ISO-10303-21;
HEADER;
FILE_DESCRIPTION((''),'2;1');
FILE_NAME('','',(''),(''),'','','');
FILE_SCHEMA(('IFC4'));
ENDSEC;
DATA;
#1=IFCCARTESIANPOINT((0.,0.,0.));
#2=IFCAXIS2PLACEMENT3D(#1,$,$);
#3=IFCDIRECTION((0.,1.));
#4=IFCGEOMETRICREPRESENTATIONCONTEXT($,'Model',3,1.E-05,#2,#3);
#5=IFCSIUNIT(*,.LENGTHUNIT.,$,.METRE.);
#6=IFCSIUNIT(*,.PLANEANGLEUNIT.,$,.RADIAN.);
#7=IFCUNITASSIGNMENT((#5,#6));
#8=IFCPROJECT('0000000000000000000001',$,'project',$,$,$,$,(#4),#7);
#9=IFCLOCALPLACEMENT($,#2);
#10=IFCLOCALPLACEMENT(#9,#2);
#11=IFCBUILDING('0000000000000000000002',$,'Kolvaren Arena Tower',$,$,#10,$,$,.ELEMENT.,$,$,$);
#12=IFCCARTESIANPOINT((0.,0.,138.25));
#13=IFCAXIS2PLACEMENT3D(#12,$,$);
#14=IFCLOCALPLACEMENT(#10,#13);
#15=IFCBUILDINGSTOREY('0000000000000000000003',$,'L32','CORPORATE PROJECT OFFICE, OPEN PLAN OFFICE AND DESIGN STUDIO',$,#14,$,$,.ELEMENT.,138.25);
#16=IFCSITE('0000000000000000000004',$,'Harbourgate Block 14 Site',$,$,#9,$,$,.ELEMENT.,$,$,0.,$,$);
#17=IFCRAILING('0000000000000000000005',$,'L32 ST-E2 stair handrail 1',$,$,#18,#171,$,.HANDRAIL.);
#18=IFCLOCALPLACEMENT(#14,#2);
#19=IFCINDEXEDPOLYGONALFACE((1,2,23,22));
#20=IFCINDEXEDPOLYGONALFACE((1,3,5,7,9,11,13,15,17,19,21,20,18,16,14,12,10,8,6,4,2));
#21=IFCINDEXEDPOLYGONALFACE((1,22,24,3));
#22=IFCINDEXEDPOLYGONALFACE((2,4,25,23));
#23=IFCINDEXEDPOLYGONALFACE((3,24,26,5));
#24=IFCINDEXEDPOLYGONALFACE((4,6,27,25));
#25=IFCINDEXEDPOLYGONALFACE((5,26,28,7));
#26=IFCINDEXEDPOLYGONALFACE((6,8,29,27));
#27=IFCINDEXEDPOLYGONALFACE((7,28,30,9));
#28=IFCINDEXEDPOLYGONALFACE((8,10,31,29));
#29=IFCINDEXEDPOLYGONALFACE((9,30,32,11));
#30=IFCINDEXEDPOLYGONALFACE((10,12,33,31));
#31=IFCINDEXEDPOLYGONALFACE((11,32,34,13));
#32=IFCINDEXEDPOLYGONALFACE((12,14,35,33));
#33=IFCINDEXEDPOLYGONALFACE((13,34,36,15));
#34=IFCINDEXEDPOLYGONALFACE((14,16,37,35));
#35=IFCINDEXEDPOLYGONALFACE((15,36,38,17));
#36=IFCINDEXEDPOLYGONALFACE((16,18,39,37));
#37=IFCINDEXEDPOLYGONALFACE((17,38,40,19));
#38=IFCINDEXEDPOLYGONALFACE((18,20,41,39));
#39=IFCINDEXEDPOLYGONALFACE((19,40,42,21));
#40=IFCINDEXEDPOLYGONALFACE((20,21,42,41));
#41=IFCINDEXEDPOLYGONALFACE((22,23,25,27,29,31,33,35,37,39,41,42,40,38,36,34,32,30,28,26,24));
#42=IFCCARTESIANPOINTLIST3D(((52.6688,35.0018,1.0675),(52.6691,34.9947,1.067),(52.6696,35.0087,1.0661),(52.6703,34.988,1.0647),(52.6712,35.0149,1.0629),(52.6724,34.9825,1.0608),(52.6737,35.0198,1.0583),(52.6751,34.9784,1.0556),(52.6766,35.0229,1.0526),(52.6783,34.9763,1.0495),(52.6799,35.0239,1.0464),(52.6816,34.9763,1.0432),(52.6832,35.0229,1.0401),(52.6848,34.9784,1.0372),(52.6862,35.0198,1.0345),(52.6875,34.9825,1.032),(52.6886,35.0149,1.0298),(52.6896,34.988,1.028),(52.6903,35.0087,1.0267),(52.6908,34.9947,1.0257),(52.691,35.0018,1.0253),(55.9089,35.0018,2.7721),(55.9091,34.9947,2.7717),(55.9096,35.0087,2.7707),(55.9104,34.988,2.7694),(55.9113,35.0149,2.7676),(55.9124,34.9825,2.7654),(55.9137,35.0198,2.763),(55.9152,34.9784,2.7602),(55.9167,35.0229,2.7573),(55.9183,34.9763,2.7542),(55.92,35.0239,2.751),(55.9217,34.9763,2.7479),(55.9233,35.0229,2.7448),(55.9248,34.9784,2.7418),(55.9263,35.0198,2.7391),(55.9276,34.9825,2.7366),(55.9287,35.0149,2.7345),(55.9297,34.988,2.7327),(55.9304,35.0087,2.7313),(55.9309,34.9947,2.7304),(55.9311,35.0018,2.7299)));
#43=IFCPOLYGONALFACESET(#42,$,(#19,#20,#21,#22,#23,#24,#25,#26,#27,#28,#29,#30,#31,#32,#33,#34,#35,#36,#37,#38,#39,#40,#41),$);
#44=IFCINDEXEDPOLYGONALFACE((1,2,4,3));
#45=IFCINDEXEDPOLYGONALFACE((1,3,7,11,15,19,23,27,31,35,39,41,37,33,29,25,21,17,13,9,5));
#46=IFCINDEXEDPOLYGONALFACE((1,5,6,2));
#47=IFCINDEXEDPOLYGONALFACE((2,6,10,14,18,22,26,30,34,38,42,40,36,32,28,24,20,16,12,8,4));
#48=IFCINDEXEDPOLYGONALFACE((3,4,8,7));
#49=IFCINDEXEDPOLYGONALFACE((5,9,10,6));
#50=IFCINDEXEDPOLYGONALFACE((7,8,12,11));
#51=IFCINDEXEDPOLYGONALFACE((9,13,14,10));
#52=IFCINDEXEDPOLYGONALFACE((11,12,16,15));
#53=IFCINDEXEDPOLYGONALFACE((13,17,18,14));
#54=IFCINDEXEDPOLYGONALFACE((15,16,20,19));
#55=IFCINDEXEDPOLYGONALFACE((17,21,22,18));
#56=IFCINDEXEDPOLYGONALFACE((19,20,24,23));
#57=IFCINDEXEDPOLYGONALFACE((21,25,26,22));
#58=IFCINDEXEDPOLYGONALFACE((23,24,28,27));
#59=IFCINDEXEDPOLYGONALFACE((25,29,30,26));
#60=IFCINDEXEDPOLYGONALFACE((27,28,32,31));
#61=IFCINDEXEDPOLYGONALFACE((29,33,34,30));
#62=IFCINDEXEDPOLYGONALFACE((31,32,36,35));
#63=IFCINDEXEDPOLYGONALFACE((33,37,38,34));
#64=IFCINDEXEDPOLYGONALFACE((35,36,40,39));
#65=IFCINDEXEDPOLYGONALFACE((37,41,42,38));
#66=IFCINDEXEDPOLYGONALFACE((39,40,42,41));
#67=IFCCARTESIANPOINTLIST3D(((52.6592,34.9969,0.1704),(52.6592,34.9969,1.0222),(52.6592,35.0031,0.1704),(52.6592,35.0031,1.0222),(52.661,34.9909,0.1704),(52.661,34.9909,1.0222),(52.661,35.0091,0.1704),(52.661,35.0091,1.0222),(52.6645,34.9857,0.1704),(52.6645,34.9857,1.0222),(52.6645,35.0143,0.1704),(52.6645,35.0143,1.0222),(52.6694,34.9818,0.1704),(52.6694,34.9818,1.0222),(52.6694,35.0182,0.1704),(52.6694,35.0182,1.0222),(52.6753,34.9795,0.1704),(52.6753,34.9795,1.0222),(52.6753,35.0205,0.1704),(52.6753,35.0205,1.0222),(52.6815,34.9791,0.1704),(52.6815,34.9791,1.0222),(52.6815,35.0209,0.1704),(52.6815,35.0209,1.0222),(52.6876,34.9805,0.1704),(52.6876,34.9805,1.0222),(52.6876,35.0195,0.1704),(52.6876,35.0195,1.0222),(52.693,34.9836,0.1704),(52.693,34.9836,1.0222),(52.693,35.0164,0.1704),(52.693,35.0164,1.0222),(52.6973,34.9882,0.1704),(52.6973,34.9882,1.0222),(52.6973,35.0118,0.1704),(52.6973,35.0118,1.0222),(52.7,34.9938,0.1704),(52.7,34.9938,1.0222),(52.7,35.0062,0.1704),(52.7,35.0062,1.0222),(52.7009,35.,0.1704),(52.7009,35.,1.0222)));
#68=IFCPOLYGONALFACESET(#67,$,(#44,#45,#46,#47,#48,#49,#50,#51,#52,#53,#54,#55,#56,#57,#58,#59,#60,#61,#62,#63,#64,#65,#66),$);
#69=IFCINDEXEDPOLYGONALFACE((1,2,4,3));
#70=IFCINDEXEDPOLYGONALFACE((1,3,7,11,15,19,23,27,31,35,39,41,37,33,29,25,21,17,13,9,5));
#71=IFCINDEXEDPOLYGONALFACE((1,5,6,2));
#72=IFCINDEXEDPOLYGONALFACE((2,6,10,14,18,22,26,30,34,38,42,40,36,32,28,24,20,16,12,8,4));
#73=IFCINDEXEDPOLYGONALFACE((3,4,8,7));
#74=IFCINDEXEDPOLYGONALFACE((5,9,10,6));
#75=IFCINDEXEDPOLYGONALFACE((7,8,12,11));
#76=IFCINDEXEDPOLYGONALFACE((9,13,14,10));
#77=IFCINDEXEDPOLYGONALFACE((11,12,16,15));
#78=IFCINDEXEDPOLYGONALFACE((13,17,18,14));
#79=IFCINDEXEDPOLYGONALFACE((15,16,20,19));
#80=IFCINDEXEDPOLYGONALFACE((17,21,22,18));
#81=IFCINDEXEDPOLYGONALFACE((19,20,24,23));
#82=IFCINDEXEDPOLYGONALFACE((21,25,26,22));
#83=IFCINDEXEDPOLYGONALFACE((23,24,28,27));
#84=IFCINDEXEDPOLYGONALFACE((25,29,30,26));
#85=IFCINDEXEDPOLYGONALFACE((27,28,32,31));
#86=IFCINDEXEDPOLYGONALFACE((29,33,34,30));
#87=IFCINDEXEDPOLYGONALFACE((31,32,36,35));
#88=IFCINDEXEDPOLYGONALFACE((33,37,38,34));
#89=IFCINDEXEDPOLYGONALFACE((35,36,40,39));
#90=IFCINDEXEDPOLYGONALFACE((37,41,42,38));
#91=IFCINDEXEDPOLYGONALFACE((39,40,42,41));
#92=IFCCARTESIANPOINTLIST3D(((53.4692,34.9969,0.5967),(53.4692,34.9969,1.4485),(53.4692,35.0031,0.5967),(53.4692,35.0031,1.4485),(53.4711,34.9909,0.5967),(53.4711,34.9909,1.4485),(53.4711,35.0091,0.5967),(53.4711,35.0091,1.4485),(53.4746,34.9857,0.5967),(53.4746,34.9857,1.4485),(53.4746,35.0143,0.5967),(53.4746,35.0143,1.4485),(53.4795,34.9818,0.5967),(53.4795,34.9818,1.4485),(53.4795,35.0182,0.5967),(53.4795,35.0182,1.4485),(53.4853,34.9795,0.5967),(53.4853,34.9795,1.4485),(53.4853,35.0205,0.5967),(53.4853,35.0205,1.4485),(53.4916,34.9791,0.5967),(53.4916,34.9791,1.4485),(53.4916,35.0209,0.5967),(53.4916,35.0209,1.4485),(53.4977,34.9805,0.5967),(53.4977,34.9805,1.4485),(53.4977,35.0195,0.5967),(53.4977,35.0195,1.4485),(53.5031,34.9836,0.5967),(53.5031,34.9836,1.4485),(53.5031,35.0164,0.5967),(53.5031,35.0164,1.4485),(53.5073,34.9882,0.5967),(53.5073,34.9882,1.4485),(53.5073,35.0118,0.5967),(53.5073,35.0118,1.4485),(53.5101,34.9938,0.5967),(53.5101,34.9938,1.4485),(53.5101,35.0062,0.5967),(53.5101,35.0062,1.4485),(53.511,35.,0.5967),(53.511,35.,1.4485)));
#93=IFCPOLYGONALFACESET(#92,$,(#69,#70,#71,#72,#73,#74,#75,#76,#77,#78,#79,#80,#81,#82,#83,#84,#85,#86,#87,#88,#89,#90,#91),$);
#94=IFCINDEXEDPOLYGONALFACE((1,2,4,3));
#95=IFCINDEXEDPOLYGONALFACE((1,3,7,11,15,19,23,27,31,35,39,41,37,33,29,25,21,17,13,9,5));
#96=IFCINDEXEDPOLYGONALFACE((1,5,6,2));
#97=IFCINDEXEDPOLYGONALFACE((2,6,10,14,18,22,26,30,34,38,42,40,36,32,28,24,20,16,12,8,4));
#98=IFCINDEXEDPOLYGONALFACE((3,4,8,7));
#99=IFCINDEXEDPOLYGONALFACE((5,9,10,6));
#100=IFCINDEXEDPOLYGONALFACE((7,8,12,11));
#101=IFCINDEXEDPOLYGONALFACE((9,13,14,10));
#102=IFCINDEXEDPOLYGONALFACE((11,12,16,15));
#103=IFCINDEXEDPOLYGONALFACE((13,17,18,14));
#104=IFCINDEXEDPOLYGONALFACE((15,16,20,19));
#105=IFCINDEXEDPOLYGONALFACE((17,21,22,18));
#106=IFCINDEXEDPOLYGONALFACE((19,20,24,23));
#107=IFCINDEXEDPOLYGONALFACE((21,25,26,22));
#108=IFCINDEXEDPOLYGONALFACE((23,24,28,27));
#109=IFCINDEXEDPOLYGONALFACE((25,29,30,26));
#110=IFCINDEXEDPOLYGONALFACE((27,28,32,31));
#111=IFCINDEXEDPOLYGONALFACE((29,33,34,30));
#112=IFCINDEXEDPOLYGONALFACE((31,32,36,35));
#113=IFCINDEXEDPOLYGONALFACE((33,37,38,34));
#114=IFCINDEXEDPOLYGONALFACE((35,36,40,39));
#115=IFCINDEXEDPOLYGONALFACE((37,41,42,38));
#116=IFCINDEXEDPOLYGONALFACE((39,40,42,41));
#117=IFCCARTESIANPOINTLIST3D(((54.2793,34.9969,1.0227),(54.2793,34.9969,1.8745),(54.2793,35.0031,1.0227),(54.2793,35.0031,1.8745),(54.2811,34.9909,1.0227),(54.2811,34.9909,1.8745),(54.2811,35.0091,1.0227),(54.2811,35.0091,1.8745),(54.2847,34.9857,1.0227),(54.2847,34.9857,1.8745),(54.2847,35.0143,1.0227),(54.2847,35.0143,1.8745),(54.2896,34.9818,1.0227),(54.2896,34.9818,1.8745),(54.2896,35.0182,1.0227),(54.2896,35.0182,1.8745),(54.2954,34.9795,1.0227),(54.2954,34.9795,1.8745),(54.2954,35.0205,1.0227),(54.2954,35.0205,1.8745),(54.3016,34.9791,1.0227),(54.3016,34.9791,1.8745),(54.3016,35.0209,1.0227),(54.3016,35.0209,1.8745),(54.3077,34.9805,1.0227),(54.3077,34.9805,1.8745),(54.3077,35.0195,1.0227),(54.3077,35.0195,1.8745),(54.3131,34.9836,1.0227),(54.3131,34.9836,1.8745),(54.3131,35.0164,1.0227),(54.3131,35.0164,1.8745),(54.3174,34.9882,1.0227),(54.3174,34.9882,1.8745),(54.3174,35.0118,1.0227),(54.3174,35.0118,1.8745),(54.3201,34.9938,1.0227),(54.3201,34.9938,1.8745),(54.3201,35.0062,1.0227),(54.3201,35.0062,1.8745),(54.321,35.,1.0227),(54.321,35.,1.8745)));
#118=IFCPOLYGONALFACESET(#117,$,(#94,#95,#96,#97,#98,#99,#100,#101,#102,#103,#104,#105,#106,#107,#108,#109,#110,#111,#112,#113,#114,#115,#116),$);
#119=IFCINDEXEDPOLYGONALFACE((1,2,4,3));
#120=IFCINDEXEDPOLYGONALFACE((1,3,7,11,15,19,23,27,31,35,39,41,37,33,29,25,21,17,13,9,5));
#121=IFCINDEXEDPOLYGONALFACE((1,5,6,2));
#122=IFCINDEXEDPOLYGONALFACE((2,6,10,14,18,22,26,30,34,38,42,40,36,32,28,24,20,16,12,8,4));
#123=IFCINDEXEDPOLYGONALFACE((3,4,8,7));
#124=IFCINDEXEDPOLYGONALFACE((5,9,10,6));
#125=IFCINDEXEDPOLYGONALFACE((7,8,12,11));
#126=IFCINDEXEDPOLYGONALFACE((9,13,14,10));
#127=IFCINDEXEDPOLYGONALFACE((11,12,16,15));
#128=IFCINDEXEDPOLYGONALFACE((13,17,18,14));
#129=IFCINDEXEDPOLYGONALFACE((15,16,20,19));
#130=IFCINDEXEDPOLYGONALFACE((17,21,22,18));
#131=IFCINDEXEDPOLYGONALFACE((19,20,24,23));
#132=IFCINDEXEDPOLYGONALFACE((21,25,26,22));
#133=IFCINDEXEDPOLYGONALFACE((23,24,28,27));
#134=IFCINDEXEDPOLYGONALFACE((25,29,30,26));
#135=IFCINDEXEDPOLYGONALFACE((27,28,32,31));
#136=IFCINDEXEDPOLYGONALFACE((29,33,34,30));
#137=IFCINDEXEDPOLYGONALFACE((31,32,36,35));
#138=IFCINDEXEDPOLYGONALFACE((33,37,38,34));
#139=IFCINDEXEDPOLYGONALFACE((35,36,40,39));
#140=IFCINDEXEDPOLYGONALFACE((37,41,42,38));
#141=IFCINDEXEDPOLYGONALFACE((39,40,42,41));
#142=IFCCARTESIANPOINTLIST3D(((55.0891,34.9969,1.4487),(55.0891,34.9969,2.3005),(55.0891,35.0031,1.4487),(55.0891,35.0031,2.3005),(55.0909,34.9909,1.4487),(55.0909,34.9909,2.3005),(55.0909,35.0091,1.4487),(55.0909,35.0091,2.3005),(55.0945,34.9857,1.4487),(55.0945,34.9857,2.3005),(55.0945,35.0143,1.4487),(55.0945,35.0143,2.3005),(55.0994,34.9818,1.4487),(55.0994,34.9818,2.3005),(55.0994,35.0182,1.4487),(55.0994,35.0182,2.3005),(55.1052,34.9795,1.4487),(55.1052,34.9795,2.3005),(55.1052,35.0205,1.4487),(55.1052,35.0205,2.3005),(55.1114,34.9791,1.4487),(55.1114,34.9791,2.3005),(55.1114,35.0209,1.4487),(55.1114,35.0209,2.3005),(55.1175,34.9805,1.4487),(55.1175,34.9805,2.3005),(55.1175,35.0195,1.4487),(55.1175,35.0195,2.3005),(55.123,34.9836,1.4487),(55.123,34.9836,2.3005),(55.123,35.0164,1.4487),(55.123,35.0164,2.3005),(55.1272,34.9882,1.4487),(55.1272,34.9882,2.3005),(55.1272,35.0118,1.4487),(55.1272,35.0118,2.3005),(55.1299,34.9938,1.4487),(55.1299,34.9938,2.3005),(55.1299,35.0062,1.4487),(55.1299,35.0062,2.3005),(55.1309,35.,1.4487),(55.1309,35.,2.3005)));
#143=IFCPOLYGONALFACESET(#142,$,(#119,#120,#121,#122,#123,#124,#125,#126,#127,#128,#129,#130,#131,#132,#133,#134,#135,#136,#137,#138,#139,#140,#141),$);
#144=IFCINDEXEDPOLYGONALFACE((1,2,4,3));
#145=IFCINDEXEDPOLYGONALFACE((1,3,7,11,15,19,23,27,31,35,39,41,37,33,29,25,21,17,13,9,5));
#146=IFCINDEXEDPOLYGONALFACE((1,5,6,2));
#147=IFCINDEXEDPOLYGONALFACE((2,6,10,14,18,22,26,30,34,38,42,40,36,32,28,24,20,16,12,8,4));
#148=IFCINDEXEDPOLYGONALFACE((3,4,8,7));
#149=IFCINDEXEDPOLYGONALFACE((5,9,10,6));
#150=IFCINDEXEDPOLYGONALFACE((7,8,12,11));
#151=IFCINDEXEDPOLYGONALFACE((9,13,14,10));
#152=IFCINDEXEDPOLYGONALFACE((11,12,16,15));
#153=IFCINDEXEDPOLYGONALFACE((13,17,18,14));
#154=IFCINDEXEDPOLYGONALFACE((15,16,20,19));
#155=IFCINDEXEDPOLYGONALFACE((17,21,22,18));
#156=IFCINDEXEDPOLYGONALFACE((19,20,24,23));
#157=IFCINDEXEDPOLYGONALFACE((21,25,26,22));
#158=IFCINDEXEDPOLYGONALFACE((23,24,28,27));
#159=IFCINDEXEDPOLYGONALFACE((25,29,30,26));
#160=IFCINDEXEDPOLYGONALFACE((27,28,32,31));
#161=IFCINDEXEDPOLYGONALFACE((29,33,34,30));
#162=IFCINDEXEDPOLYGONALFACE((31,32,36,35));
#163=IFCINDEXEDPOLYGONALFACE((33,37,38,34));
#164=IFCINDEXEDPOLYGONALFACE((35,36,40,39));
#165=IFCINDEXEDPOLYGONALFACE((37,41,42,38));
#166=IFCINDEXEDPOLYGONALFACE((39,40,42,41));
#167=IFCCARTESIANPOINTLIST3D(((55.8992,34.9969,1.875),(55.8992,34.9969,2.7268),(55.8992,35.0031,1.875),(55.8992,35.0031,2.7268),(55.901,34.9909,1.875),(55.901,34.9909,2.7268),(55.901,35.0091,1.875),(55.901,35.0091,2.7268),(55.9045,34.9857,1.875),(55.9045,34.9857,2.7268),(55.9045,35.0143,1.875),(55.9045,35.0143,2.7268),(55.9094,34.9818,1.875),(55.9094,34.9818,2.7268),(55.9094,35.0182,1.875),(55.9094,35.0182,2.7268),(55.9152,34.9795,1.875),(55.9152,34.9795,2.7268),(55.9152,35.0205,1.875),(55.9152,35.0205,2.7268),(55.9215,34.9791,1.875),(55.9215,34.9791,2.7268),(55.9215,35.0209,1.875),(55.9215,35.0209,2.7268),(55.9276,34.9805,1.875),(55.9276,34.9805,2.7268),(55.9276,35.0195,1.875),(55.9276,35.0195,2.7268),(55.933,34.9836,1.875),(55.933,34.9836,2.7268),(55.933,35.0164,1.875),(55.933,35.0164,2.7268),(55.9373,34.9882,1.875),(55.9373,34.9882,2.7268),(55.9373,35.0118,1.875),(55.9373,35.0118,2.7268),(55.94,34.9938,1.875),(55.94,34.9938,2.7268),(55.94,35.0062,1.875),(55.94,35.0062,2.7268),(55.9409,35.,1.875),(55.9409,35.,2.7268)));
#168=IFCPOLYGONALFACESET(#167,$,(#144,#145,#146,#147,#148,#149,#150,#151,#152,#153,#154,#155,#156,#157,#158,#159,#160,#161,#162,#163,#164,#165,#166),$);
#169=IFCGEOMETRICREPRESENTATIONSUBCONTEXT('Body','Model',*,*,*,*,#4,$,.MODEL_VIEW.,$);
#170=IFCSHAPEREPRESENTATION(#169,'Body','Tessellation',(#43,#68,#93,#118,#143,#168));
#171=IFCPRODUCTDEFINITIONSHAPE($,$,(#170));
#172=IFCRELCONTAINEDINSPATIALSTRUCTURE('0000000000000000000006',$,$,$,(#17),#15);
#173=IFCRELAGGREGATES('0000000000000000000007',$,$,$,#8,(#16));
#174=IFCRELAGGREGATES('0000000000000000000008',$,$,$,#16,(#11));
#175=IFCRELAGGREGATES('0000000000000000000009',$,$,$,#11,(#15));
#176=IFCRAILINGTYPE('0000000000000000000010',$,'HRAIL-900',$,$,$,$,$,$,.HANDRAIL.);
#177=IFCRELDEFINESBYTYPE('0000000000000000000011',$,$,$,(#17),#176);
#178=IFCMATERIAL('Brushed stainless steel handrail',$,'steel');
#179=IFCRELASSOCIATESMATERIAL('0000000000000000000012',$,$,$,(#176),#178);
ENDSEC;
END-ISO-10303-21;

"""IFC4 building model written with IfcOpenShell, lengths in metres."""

from ifc_helpers import new_model, si_unit, direction, frame, origin, origin_2d, place, context, subcontext, project, spatial, circle, extrude, material, type_object, element, save


model = new_model("IFC4")

# Units and contexts
model_context = context("Model", 3, precision=1e-05, world=origin(), true_north=direction((0.0, 1.0)))
body_context = subcontext(model_context, "Body", "Model", "MODEL_VIEW")
ifc_project = project(units=[si_unit("LENGTHUNIT", "METRE"), si_unit("PLANEANGLEUNIT", "RADIAN")], contexts=[model_context])

# Site, building, storey
site_placement = place(None, origin())
site = spatial("IfcSite", under=ifc_project, at=site_placement, Name="Harbourgate Block 14 Site", CompositionType="ELEMENT", RefElevation=0.0)
building_placement = place(site_placement, origin())
building = spatial("IfcBuilding", under=site, at=building_placement, Name="Kolvaren Arena Tower", CompositionType="ELEMENT")
storey_placement = place(building_placement, frame((0.0, 0.0, 138.25)))
storey = spatial("IfcBuildingStorey", under=building, at=storey_placement, Name="L32", Description="CORPORATE PROJECT OFFICE, OPEN PLAN OFFICE AND DESIGN STUDIO", CompositionType="ELEMENT", Elevation=138.25)

# Railing
ifc_material_1 = material(Name="Brushed stainless steel handrail", Category="steel")
railing_type_1 = type_object("IfcRailingType", Name="HRAIL-900", PredefinedType="HANDRAIL", material=ifc_material_1)
for number, where, name in (
    (1, (52.6799, 35.0, 0.1704), "L32 ST-E2 stair handrail 1"),
):
    element("IfcRailing", number, at=place(storey_placement, frame(where)), inside=storey, type_object=railing_type_1, Name=name, PredefinedType="HANDRAIL", context=body_context, shape_type="SweptSolid", body=[
        extrude(circle(Radius=0.0239, at=origin_2d()), frame((0.0, 0.0, 0.876), z_axis=(0.884993, 0.0, 0.465604), x_axis=(0.0, 1.0, 0.0)), (0.0, 0.0, 1.0), 3.6611),
        extrude(circle(Radius=0.021, at=origin_2d()), origin(), (0.0, 0.0, 1.0), 0.8518),
        extrude(circle(Radius=0.021, at=origin_2d()), frame((0.8101, 0.0, 0.4263)), (0.0, 0.0, 1.0), 0.8518),
        extrude(circle(Radius=0.021, at=origin_2d()), frame((1.6201, 0.0, 0.8523)), (0.0, 0.0, 1.0), 0.8518),
        extrude(circle(Radius=0.021, at=origin_2d()), frame((2.4299, 0.0, 1.2783)), (0.0, 0.0, 1.0), 0.8518),
        extrude(circle(Radius=0.021, at=origin_2d()), frame((3.24, 0.0, 1.7046)), (0.0, 0.0, 1.0), 0.8518),
    ])

save(model, "model.ifc")
